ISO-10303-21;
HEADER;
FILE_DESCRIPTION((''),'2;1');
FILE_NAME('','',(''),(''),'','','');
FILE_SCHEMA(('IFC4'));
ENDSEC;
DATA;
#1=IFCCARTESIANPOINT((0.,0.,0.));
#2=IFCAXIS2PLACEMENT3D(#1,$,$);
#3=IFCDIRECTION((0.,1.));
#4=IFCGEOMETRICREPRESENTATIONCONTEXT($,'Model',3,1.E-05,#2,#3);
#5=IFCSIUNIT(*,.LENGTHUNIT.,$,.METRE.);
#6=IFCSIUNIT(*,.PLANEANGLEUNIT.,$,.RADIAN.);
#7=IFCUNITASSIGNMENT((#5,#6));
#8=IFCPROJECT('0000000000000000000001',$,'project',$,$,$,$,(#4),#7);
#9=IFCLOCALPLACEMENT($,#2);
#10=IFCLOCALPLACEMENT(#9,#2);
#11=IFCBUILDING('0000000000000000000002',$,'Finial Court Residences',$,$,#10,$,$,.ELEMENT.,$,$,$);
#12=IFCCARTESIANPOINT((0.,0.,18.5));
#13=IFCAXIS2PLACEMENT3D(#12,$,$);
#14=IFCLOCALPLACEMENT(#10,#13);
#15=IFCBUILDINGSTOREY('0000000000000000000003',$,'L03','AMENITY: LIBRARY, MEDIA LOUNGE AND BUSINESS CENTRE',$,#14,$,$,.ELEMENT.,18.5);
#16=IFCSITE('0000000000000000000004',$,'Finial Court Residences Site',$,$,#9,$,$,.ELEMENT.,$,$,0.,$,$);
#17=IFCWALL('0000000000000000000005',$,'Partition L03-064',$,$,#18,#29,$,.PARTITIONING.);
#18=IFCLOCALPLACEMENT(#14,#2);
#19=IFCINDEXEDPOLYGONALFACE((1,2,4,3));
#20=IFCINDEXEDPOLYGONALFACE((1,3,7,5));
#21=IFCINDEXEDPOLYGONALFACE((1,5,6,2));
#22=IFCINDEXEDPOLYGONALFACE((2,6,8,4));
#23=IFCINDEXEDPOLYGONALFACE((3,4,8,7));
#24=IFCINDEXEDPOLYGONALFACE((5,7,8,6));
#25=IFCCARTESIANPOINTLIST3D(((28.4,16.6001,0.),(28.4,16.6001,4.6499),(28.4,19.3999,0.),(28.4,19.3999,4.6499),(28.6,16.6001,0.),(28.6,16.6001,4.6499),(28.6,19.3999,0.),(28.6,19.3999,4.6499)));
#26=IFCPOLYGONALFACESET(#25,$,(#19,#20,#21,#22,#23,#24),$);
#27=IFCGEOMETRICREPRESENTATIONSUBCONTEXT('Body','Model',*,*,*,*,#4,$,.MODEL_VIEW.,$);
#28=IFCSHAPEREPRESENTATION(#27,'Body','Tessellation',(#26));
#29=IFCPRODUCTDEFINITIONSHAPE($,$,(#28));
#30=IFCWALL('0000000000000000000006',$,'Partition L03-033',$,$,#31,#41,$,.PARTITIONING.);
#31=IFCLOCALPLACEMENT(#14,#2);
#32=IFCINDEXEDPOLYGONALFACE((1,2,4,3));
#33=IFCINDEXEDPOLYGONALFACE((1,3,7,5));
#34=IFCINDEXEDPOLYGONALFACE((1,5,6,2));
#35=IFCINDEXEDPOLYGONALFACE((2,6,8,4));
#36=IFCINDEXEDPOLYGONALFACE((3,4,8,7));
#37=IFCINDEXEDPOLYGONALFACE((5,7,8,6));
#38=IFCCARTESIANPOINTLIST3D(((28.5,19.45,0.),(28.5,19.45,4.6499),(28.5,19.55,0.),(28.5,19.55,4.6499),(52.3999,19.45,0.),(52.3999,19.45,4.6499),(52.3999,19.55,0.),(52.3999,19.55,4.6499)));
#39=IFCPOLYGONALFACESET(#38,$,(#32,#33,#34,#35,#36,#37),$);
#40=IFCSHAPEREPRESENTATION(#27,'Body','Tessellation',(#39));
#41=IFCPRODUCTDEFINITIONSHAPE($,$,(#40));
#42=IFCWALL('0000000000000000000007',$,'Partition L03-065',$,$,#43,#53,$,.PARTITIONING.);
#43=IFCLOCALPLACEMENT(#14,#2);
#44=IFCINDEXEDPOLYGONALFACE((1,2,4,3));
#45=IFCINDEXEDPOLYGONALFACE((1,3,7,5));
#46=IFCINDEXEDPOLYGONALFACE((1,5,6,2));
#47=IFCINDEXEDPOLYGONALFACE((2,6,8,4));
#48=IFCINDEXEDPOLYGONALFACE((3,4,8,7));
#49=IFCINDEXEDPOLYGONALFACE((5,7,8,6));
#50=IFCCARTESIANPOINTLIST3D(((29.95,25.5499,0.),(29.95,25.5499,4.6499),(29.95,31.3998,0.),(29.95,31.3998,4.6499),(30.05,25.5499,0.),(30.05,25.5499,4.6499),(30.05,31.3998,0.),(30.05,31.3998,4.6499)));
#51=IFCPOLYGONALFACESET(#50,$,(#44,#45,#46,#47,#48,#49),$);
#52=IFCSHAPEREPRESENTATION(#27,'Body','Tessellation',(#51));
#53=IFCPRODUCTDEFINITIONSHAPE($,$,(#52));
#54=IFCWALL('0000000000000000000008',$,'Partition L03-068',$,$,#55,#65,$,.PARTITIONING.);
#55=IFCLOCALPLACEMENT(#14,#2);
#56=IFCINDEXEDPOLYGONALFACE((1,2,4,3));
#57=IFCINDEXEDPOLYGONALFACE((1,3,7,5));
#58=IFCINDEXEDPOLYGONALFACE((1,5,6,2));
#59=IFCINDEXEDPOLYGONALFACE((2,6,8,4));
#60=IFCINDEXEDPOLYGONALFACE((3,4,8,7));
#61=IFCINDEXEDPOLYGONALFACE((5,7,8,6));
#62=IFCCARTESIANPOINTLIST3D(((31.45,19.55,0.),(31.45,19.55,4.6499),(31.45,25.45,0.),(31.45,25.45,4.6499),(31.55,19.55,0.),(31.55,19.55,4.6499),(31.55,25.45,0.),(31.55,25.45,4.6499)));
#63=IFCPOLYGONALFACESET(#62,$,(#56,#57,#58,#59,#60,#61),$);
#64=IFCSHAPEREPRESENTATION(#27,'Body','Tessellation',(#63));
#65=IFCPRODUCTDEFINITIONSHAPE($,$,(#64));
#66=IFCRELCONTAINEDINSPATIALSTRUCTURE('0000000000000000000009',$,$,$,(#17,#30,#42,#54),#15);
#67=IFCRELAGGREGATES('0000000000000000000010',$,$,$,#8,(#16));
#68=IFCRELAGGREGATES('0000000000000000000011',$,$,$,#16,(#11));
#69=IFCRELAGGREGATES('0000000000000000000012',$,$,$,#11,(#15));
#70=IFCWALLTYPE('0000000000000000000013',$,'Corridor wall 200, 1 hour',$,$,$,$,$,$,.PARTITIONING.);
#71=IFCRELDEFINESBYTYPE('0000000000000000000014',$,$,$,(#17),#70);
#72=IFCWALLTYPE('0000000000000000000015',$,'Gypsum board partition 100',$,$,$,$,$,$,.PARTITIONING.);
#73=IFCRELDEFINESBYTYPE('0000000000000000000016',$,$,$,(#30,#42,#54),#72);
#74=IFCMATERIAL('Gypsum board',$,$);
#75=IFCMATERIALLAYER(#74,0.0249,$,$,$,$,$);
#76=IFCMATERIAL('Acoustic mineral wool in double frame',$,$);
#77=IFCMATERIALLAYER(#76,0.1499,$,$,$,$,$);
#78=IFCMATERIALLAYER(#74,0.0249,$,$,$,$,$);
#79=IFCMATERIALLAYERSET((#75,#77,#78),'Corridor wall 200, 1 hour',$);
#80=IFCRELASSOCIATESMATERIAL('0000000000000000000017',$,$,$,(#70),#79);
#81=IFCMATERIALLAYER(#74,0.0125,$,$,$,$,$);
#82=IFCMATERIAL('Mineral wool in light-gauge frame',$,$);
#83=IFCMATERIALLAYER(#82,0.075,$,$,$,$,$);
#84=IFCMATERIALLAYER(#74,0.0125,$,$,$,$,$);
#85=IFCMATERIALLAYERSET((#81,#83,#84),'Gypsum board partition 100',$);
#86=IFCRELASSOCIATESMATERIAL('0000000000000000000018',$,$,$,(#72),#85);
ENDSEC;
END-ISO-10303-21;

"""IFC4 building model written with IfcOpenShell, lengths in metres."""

from ifc_helpers import new_model, si_unit, direction, frame, frame_2d, origin, place, context, subcontext, project, spatial, rectangle, extrude, material, layer, layer_set, type_object, element, save


model = new_model("IFC4")

# Units and contexts
model_context = context("Model", 3, precision=1e-05, world=origin(), true_north=direction((0.0, 1.0)))
body_context = subcontext(model_context, "Body", "Model", "MODEL_VIEW")
ifc_project = project(units=[si_unit("LENGTHUNIT", "METRE"), si_unit("PLANEANGLEUNIT", "RADIAN")], contexts=[model_context])

# Site, building, storey
site_placement = place(None, origin())
site = spatial("IfcSite", under=ifc_project, at=site_placement, Name="Finial Court Residences Site", CompositionType="ELEMENT", RefElevation=0.0)
building_placement = place(site_placement, origin())
building = spatial("IfcBuilding", under=site, at=building_placement, Name="Finial Court Residences", CompositionType="ELEMENT")
storey_placement = place(building_placement, frame((0.0, 0.0, 18.5)))
storey = spatial("IfcBuildingStorey", under=building, at=storey_placement, Name="L03", Description="AMENITY: LIBRARY, MEDIA LOUNGE AND BUSINESS CENTRE", CompositionType="ELEMENT", Elevation=18.5)

# Shared definitions
ifc_material_1 = material(Name="Gypsum board")
ifc_layer_1 = layer(ifc_material_1, 0.0249)
ifc_material_2 = material(Name="Acoustic mineral wool in double frame")
ifc_layer_2 = layer(ifc_material_2, 0.1499)
ifc_layer_3 = layer(ifc_material_1, 0.0249)
ifc_layer_set_1 = layer_set([ifc_layer_1, ifc_layer_2, ifc_layer_3], Name="Corridor wall 200, 1 hour")
wall_type_1 = type_object("IfcWallType", Name="Corridor wall 200, 1 hour", PredefinedType="PARTITIONING", material=ifc_layer_set_1)

# Walls
wall_1_placement = place(storey_placement, frame((28.5, 16.6001, 0.0), z_axis=(0.0, 0.0, 1.0), x_axis=(0.0, 1.0, 0.0)))
element("IfcWall", 1, at=wall_1_placement, inside=storey, type_object=wall_type_1, Name="Partition L03-064", PredefinedType="PARTITIONING", context=body_context, shape_type="SweptSolid", body=[
    extrude(rectangle(XDim=2.7998, YDim=0.2, at=frame_2d((1.3999, 0.0))), origin(), (0.0, 0.0, 1.0), 4.6499),
])
ifc_layer_4 = layer(ifc_material_1, 0.0125)
ifc_material_3 = material(Name="Mineral wool in light-gauge frame")
ifc_layer_5 = layer(ifc_material_3, 0.075)
ifc_layer_6 = layer(ifc_material_1, 0.0125)
ifc_layer_set_2 = layer_set([ifc_layer_4, ifc_layer_5, ifc_layer_6], Name="Gypsum board partition 100")
wall_type_2 = type_object("IfcWallType", Name="Gypsum board partition 100", PredefinedType="PARTITIONING", material=ifc_layer_set_2)
wall_2_placement = place(storey_placement, frame((28.5, 19.5, 0.0), z_axis=(0.0, 0.0, 1.0), x_axis=(1.0, 0.0, 0.0)))
element("IfcWall", 2, at=wall_2_placement, inside=storey, type_object=wall_type_2, Name="Partition L03-033", PredefinedType="PARTITIONING", context=body_context, shape_type="SweptSolid", body=[
    extrude(rectangle(XDim=23.8999, YDim=0.1001, at=frame_2d((11.95, 0.0))), origin(), (0.0, 0.0, 1.0), 4.6499),
])
wall_3_placement = place(storey_placement, frame((30.0, 25.55, 0.0), z_axis=(0.0, 0.0, 1.0), x_axis=(0.0, 1.0, 0.0)))
element("IfcWall", 3, at=wall_3_placement, inside=storey, type_object=wall_type_2, Name="Partition L03-065", PredefinedType="PARTITIONING", context=body_context, shape_type="SweptSolid", body=[
    extrude(rectangle(XDim=5.8499, YDim=0.1001, at=frame_2d((2.9248, 0.0))), origin(), (0.0, 0.0, 1.0), 4.6499),
])
wall_4_placement = place(storey_placement, frame((31.5, 19.55, 0.0), z_axis=(0.0, 0.0, 1.0), x_axis=(0.0, 1.0, 0.0)))
element("IfcWall", 4, at=wall_4_placement, inside=storey, type_object=wall_type_2, Name="Partition L03-068", PredefinedType="PARTITIONING", context=body_context, shape_type="SweptSolid", body=[
    extrude(rectangle(XDim=5.8999, YDim=0.1001, at=frame_2d((2.95, 0.0))), origin(), (0.0, 0.0, 1.0), 4.6499),
])

save(model, "model.ifc")
